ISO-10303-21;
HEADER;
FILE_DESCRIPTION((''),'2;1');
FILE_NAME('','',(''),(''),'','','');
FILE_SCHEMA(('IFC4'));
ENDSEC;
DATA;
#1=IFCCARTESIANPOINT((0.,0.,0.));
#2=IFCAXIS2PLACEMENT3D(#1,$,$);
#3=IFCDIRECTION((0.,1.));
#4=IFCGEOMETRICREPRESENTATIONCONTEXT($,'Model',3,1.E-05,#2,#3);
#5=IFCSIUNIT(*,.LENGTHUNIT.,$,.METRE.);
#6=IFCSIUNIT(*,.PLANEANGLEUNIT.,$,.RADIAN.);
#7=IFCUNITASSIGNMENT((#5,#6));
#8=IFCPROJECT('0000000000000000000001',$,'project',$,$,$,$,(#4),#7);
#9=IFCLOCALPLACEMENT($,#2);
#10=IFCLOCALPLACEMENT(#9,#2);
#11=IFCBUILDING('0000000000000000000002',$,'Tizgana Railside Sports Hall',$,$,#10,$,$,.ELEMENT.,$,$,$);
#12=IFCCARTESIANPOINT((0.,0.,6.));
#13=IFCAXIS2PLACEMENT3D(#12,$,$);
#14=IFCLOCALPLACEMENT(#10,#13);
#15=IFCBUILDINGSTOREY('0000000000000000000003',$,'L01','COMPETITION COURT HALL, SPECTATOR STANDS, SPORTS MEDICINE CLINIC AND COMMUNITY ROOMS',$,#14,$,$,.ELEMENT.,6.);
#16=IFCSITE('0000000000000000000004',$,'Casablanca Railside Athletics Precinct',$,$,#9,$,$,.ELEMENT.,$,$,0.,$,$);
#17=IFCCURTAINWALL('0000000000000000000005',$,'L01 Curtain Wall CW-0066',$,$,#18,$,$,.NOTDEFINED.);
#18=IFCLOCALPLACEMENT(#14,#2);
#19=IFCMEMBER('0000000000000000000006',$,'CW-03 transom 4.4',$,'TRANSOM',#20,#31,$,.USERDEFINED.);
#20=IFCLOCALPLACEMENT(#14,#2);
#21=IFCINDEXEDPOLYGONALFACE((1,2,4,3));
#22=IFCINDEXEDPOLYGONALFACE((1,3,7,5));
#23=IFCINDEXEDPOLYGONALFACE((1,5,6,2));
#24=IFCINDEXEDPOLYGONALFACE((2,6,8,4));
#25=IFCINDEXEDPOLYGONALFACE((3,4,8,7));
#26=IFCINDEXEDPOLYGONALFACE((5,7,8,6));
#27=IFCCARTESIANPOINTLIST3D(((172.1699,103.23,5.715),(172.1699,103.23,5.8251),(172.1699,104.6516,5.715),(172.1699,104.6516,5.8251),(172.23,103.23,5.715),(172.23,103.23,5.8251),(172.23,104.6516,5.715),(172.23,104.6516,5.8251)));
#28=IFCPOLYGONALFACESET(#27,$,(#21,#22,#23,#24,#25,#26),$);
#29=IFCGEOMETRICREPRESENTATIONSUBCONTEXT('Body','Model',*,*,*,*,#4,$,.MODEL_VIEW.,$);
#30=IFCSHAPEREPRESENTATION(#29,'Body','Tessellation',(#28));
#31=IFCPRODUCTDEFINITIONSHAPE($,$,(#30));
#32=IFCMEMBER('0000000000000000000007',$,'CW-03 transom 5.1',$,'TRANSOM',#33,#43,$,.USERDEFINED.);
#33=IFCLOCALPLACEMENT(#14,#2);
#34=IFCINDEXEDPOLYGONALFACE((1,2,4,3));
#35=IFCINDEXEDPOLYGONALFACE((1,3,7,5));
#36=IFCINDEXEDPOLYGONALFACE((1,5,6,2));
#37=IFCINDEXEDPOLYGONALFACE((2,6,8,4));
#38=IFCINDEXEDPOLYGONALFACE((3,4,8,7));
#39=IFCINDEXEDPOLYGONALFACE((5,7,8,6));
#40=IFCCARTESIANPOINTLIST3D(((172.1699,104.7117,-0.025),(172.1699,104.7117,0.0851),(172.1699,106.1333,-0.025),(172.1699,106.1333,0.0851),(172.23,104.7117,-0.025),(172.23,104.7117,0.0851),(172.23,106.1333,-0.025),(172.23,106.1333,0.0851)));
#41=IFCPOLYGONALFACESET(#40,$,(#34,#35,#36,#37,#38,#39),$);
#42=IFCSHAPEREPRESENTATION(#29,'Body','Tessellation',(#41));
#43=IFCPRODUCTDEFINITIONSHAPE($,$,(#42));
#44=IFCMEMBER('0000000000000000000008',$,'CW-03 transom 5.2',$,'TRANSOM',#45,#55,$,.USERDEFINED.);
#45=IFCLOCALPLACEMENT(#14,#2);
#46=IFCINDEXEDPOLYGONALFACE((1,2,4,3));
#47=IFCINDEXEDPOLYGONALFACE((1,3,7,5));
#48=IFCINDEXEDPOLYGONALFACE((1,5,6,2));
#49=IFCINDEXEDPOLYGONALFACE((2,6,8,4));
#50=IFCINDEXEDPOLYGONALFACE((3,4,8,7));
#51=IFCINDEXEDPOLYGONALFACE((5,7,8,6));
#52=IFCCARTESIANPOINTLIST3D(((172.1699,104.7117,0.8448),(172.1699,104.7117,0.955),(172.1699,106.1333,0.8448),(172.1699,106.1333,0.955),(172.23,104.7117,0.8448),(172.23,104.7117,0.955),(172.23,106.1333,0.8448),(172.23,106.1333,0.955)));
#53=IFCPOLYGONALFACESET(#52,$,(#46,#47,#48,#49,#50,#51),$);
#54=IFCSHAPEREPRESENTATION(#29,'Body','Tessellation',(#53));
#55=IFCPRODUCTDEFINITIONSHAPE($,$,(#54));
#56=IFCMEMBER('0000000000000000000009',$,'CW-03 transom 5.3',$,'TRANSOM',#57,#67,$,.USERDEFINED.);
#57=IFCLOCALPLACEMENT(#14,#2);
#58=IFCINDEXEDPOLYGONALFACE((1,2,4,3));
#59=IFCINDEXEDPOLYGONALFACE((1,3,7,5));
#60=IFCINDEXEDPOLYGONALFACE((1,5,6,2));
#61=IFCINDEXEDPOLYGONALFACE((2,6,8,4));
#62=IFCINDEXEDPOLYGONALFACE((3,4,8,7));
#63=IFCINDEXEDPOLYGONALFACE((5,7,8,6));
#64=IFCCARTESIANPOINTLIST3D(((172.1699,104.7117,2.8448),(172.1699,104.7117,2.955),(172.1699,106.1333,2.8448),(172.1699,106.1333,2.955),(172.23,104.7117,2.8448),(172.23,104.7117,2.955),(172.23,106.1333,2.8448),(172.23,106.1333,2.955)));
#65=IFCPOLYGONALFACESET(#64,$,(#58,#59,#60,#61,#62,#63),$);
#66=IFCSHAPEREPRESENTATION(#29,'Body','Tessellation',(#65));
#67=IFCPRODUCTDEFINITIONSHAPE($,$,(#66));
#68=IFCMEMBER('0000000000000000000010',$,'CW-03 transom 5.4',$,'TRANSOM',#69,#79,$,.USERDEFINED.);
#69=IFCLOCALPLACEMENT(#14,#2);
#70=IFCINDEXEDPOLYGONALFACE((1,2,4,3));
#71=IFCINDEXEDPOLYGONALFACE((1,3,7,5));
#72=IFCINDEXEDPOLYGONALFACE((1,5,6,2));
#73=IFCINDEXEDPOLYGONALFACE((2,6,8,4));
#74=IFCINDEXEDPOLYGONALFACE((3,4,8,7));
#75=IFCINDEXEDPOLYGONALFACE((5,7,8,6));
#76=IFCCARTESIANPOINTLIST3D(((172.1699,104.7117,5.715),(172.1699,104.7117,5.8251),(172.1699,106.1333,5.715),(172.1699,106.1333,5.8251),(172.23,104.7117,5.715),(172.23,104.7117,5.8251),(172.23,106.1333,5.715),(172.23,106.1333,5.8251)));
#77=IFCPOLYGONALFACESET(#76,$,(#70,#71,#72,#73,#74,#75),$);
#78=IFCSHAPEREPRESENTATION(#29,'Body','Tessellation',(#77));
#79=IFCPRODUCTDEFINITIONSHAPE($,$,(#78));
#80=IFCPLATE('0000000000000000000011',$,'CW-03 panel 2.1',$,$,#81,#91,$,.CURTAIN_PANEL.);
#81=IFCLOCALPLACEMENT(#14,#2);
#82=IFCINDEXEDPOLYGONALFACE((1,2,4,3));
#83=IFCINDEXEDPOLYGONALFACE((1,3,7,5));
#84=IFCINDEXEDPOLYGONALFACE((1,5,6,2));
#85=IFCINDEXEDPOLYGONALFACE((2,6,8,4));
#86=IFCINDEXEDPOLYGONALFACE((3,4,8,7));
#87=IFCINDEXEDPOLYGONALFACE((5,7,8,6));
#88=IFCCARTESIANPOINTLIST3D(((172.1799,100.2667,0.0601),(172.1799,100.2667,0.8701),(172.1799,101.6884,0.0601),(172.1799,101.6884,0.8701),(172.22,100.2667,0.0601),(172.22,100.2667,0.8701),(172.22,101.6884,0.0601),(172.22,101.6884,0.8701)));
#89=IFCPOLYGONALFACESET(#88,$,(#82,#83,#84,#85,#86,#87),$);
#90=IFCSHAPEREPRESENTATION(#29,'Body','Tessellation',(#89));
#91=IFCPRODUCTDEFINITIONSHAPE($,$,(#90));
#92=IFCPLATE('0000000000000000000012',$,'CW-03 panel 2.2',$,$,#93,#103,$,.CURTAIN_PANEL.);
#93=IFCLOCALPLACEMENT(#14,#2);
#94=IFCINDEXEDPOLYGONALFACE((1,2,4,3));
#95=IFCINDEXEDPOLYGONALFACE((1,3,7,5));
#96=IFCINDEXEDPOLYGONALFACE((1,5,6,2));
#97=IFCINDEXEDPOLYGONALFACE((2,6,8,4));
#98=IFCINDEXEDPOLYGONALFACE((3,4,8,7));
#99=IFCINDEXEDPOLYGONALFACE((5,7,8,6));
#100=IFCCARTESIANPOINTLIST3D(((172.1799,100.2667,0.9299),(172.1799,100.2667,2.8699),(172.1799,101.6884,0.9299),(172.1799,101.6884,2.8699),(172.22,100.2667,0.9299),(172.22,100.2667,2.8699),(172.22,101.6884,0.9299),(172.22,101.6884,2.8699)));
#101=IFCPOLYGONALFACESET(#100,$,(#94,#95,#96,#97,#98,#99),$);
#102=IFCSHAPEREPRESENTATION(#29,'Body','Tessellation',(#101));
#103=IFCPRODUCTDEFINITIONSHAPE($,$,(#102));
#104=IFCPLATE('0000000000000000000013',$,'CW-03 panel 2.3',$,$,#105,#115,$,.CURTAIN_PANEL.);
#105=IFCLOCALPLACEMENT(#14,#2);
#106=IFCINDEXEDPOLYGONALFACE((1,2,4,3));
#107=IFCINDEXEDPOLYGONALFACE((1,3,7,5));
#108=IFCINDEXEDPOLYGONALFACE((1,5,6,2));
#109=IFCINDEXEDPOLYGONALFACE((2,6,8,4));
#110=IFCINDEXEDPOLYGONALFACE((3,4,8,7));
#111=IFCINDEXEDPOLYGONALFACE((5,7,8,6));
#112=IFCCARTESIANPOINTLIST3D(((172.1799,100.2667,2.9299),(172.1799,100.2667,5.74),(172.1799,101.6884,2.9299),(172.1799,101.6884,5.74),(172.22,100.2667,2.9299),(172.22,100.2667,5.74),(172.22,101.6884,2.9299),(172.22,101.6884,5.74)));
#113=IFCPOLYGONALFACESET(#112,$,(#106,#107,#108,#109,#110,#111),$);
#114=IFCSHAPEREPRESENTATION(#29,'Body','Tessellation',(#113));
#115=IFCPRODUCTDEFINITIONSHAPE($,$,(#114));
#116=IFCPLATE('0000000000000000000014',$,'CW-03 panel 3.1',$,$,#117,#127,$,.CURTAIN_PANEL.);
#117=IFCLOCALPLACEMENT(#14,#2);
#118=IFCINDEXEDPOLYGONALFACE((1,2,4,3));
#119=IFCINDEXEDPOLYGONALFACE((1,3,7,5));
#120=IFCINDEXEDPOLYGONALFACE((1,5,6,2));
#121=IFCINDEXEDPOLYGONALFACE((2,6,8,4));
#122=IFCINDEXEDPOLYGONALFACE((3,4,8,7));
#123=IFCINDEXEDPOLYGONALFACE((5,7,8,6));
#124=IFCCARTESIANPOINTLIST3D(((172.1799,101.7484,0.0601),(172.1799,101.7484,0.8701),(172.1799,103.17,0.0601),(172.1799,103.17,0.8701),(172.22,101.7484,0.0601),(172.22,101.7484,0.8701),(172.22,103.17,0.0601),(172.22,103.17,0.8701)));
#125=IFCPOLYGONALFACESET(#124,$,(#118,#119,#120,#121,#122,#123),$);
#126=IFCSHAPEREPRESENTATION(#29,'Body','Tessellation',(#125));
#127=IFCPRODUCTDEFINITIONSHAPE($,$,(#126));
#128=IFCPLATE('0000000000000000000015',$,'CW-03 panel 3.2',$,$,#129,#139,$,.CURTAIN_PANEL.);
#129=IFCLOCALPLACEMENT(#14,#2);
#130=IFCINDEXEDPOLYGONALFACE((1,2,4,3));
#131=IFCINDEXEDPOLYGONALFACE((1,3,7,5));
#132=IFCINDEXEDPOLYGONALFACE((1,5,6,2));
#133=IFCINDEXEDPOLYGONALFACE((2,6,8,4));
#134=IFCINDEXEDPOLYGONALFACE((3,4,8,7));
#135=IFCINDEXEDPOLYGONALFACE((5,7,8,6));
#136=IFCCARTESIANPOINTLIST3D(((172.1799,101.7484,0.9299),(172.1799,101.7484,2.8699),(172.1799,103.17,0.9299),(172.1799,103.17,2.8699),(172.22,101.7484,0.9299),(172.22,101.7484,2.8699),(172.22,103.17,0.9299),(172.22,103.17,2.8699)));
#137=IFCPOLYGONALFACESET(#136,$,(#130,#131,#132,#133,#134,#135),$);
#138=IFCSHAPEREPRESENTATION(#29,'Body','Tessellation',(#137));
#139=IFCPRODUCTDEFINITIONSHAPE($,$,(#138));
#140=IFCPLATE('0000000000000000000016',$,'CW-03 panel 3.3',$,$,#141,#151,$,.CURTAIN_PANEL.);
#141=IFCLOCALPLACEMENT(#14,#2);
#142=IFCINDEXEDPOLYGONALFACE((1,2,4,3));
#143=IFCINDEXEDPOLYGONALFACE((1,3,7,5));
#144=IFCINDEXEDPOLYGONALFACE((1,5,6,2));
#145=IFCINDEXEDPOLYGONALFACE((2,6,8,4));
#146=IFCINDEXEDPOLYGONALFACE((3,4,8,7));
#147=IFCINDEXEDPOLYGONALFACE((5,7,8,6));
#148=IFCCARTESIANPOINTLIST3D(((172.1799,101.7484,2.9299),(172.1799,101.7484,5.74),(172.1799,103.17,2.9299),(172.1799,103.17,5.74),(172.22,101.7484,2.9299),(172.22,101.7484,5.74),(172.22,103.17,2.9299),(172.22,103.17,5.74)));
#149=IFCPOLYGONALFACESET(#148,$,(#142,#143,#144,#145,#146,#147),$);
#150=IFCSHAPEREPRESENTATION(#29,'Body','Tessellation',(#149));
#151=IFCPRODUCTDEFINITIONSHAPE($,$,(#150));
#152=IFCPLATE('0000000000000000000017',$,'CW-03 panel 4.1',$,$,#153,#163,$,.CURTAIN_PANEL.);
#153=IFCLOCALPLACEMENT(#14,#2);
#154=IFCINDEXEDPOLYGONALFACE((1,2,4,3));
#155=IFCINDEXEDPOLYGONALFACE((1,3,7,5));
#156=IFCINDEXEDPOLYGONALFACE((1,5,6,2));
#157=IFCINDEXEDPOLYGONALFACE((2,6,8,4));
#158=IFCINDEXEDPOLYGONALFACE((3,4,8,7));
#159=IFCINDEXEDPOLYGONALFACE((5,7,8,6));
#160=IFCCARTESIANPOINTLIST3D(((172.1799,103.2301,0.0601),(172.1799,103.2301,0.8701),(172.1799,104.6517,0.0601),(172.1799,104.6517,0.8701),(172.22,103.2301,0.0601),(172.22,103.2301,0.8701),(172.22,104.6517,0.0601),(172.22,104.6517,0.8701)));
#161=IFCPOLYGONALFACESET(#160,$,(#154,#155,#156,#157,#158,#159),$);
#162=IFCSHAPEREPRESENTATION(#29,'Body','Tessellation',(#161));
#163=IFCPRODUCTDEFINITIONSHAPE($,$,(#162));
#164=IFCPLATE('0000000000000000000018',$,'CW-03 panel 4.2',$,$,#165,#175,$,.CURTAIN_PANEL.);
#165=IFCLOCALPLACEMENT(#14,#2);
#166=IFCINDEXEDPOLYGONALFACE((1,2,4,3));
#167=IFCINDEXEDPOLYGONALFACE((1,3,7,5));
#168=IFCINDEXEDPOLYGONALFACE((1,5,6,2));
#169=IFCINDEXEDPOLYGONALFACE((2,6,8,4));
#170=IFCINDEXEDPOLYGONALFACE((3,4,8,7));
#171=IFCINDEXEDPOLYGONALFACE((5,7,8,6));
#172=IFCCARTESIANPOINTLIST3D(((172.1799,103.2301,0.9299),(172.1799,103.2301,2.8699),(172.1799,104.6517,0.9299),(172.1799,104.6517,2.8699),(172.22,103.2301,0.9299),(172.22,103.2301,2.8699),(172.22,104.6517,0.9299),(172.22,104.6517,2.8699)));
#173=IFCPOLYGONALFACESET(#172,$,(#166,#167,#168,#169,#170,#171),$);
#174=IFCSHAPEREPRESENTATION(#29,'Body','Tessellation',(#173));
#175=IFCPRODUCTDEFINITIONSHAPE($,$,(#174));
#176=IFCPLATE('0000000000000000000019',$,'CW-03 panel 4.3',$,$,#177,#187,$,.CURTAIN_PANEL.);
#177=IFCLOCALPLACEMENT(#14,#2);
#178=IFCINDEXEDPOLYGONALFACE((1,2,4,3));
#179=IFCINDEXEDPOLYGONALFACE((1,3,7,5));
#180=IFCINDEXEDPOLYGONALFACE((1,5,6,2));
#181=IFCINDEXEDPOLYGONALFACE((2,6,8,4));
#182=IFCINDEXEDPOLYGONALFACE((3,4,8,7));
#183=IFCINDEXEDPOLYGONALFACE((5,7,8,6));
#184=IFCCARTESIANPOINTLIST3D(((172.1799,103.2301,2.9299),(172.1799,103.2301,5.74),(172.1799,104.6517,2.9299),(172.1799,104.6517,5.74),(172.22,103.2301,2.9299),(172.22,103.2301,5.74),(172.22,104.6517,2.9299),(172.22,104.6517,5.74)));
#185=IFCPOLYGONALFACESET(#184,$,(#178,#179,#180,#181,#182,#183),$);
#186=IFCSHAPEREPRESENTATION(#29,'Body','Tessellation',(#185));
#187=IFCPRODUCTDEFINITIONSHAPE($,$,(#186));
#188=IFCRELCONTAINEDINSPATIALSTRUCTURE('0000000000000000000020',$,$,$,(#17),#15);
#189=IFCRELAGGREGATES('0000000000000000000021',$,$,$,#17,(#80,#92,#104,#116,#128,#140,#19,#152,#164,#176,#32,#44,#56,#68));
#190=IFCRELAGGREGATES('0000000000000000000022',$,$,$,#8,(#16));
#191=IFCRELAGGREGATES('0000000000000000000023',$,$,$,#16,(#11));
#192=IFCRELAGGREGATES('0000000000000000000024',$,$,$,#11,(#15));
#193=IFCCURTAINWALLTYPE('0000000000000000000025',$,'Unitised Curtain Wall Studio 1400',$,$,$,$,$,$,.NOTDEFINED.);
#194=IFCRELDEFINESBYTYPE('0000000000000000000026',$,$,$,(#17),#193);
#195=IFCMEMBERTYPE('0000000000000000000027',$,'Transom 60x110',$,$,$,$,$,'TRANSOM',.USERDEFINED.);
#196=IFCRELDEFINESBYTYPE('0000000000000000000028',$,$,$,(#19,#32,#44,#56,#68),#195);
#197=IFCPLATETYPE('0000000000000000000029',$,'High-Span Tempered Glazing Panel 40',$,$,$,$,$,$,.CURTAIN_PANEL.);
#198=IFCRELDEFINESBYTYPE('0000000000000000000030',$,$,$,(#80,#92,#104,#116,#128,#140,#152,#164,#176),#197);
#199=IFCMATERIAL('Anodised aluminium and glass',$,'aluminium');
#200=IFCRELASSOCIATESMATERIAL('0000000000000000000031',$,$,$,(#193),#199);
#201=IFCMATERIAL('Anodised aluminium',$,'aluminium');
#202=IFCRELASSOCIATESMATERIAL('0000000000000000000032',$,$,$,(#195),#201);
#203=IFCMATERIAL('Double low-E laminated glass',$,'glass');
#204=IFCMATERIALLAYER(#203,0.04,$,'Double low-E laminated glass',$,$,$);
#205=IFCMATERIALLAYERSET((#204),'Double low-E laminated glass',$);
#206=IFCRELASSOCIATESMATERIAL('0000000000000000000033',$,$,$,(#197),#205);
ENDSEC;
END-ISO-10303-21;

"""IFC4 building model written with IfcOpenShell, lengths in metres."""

from ifc_helpers import new_model, si_unit, direction, frame, origin, origin_2d, place, context, subcontext, project, spatial, rectangle, extrude, material, layer, layer_set, material_profile, profile_set, type_object, element, aggregate, save


model = new_model("IFC4")

# Units and contexts
model_context = context("Model", 3, precision=1e-05, world=origin(), true_north=direction((0.0, 1.0)))
body_context = subcontext(model_context, "Body", "Model", "MODEL_VIEW")
ifc_project = project(units=[si_unit("LENGTHUNIT", "METRE"), si_unit("PLANEANGLEUNIT", "RADIAN")], contexts=[model_context])

# Site, building, storey
site_placement = place(None, origin())
site = spatial("IfcSite", under=ifc_project, at=site_placement, Name="Casablanca Railside Athletics Precinct", CompositionType="ELEMENT", RefElevation=0.0)
building_placement = place(site_placement, origin())
building = spatial("IfcBuilding", under=site, at=building_placement, Name="Tizgana Railside Sports Hall", CompositionType="ELEMENT")
storey_placement = place(building_placement, frame((0.0, 0.0, 6.0)))
storey = spatial("IfcBuildingStorey", under=building, at=storey_placement, Name="L01", Description="COMPETITION COURT HALL, SPECTATOR STANDS, SPORTS MEDICINE CLINIC AND COMMUNITY ROOMS", CompositionType="ELEMENT", Elevation=6.0)

# Curtain wall, members, plates
ifc_material_1 = material(Name="Anodised aluminium and glass", Category="aluminium")
curtain_wall_type = type_object("IfcCurtainWallType", Name="Unitised Curtain Wall Studio 1400", PredefinedType="NOTDEFINED", material=ifc_material_1)
curtain_wall_placement = place(storey_placement, origin())
curtain_wall = element("IfcCurtainWall", 1, at=curtain_wall_placement, inside=storey, type_object=curtain_wall_type, Name="L01 Curtain Wall CW-0066", PredefinedType="NOTDEFINED")
ifc_material_2 = material(Name="Anodised aluminium", Category="aluminium")
ifc_material_profile_1 = material_profile(ifc_material_2, rectangle(XDim=0.0601, YDim=0.1101, at=origin_2d()), Name="Transom 60x110")
ifc_profile_set_1 = profile_set([ifc_material_profile_1], Name="Anodised aluminium")
member_type_1 = type_object("IfcMemberType", Name="Transom 60x110", ElementType="TRANSOM", PredefinedType="USERDEFINED", material=ifc_profile_set_1)
member_1_placement = place(storey_placement, frame((172.2, 103.23, 5.77), z_axis=(0.0, 1.0, 0.0), x_axis=(-1.0, 0.0, 0.0)))
member_1 = element("IfcMember", 2, at=member_1_placement, type_object=member_type_1, Name="CW-03 transom 4.4", ObjectType="TRANSOM", PredefinedType="USERDEFINED", context=body_context, shape_type="SweptSolid", body=[
    extrude(rectangle(XDim=0.0601, YDim=0.1101, at=origin_2d()), origin(), (0.0, 0.0, 1.0), 1.4216),
])
member_2_placement = place(storey_placement, frame((172.2, 104.7117, 0.03), z_axis=(0.0, 1.0, 0.0), x_axis=(-1.0, 0.0, 0.0)))
member_2 = element("IfcMember", 3, at=member_2_placement, type_object=member_type_1, Name="CW-03 transom 5.1", ObjectType="TRANSOM", PredefinedType="USERDEFINED", context=body_context, shape_type="SweptSolid", body=[
    extrude(rectangle(XDim=0.0601, YDim=0.1101, at=origin_2d()), origin(), (0.0, 0.0, 1.0), 1.4216),
])
member_3_placement = place(storey_placement, frame((172.2, 104.7117, 0.8999), z_axis=(0.0, 1.0, 0.0), x_axis=(-1.0, 0.0, 0.0)))
member_3 = element("IfcMember", 4, at=member_3_placement, type_object=member_type_1, Name="CW-03 transom 5.2", ObjectType="TRANSOM", PredefinedType="USERDEFINED", context=body_context, shape_type="SweptSolid", body=[
    extrude(rectangle(XDim=0.0601, YDim=0.1101, at=origin_2d()), origin(), (0.0, 0.0, 1.0), 1.4216),
])
member_4_placement = place(storey_placement, frame((172.2, 104.7117, 2.8999), z_axis=(0.0, 1.0, 0.0), x_axis=(-1.0, 0.0, 0.0)))
member_4 = element("IfcMember", 5, at=member_4_placement, type_object=member_type_1, Name="CW-03 transom 5.3", ObjectType="TRANSOM", PredefinedType="USERDEFINED", context=body_context, shape_type="SweptSolid", body=[
    extrude(rectangle(XDim=0.0601, YDim=0.1101, at=origin_2d()), origin(), (0.0, 0.0, 1.0), 1.4216),
])
member_5_placement = place(storey_placement, frame((172.2, 104.7117, 5.77), z_axis=(0.0, 1.0, 0.0), x_axis=(-1.0, 0.0, 0.0)))
member_5 = element("IfcMember", 6, at=member_5_placement, type_object=member_type_1, Name="CW-03 transom 5.4", ObjectType="TRANSOM", PredefinedType="USERDEFINED", context=body_context, shape_type="SweptSolid", body=[
    extrude(rectangle(XDim=0.0601, YDim=0.1101, at=origin_2d()), origin(), (0.0, 0.0, 1.0), 1.4216),
])
ifc_material_3 = material(Name="Double low-E laminated glass", Category="glass")
ifc_layer_1 = layer(ifc_material_3, 0.04, Name="Double low-E laminated glass")
ifc_layer_set_1 = layer_set([ifc_layer_1], Name="Double low-E laminated glass")
plate_type = type_object("IfcPlateType", Name="High-Span Tempered Glazing Panel 40", PredefinedType="CURTAIN_PANEL", material=ifc_layer_set_1)
plate_1_placement = place(storey_placement, frame((172.2, 100.9775, 0.0601), z_axis=(0.0, 0.0, 1.0), x_axis=(0.0, 1.0, 0.0)))
plate_1 = element("IfcPlate", 7, at=plate_1_placement, type_object=plate_type, Name="CW-03 panel 2.1", PredefinedType="CURTAIN_PANEL", context=body_context, shape_type="SweptSolid", body=[
    extrude(rectangle(XDim=1.4216, YDim=0.04, at=origin_2d()), origin(), (0.0, 0.0, 1.0), 0.8101),
])
plate_2_placement = place(storey_placement, frame((172.2, 100.9775, 0.9299), z_axis=(0.0, 0.0, 1.0), x_axis=(0.0, 1.0, 0.0)))
plate_2 = element("IfcPlate", 8, at=plate_2_placement, type_object=plate_type, Name="CW-03 panel 2.2", PredefinedType="CURTAIN_PANEL", context=body_context, shape_type="SweptSolid", body=[
    extrude(rectangle(XDim=1.4216, YDim=0.04, at=origin_2d()), origin(), (0.0, 0.0, 1.0), 1.9399),
])
plate_3_placement = place(storey_placement, frame((172.2, 100.9775, 2.9299), z_axis=(0.0, 0.0, 1.0), x_axis=(0.0, 1.0, 0.0)))
plate_3 = element("IfcPlate", 9, at=plate_3_placement, type_object=plate_type, Name="CW-03 panel 2.3", PredefinedType="CURTAIN_PANEL", context=body_context, shape_type="SweptSolid", body=[
    extrude(rectangle(XDim=1.4216, YDim=0.04, at=origin_2d()), origin(), (0.0, 0.0, 1.0), 2.8101),
])
plate_4_placement = place(storey_placement, frame((172.2, 102.4592, 0.0601), z_axis=(0.0, 0.0, 1.0), x_axis=(0.0, 1.0, 0.0)))
plate_4 = element("IfcPlate", 10, at=plate_4_placement, type_object=plate_type, Name="CW-03 panel 3.1", PredefinedType="CURTAIN_PANEL", context=body_context, shape_type="SweptSolid", body=[
    extrude(rectangle(XDim=1.4216, YDim=0.04, at=origin_2d()), origin(), (0.0, 0.0, 1.0), 0.8101),
])
plate_5_placement = place(storey_placement, frame((172.2, 102.4592, 0.9299), z_axis=(0.0, 0.0, 1.0), x_axis=(0.0, 1.0, 0.0)))
plate_5 = element("IfcPlate", 11, at=plate_5_placement, type_object=plate_type, Name="CW-03 panel 3.2", PredefinedType="CURTAIN_PANEL", context=body_context, shape_type="SweptSolid", body=[
    extrude(rectangle(XDim=1.4216, YDim=0.04, at=origin_2d()), origin(), (0.0, 0.0, 1.0), 1.9399),
])
plate_6_placement = place(storey_placement, frame((172.2, 102.4592, 2.9299), z_axis=(0.0, 0.0, 1.0), x_axis=(0.0, 1.0, 0.0)))
plate_6 = element("IfcPlate", 12, at=plate_6_placement, type_object=plate_type, Name="CW-03 panel 3.3", PredefinedType="CURTAIN_PANEL", context=body_context, shape_type="SweptSolid", body=[
    extrude(rectangle(XDim=1.4216, YDim=0.04, at=origin_2d()), origin(), (0.0, 0.0, 1.0), 2.8101),
])
plate_7_placement = place(storey_placement, frame((172.2, 103.9409, 0.0601), z_axis=(0.0, 0.0, 1.0), x_axis=(0.0, 1.0, 0.0)))
plate_7 = element("IfcPlate", 13, at=plate_7_placement, type_object=plate_type, Name="CW-03 panel 4.1", PredefinedType="CURTAIN_PANEL", context=body_context, shape_type="SweptSolid", body=[
    extrude(rectangle(XDim=1.4216, YDim=0.04, at=origin_2d()), origin(), (0.0, 0.0, 1.0), 0.8101),
])
plate_8_placement = place(storey_placement, frame((172.2, 103.9409, 0.9299), z_axis=(0.0, 0.0, 1.0), x_axis=(0.0, 1.0, 0.0)))
plate_8 = element("IfcPlate", 14, at=plate_8_placement, type_object=plate_type, Name="CW-03 panel 4.2", PredefinedType="CURTAIN_PANEL", context=body_context, shape_type="SweptSolid", body=[
    extrude(rectangle(XDim=1.4216, YDim=0.04, at=origin_2d()), origin(), (0.0, 0.0, 1.0), 1.9399),
])
plate_9_placement = place(storey_placement, frame((172.2, 103.9409, 2.9299), z_axis=(0.0, 0.0, 1.0), x_axis=(0.0, 1.0, 0.0)))
plate_9 = element("IfcPlate", 15, at=plate_9_placement, type_object=plate_type, Name="CW-03 panel 4.3", PredefinedType="CURTAIN_PANEL", context=body_context, shape_type="SweptSolid", body=[
    extrude(rectangle(XDim=1.4216, YDim=0.04, at=origin_2d()), origin(), (0.0, 0.0, 1.0), 2.8101),
])
aggregate(curtain_wall, [plate_1, plate_2, plate_3, plate_4, plate_5, plate_6, member_1, plate_7, plate_8, plate_9, member_2, member_3, member_4, member_5])

save(model, "model.ifc")
